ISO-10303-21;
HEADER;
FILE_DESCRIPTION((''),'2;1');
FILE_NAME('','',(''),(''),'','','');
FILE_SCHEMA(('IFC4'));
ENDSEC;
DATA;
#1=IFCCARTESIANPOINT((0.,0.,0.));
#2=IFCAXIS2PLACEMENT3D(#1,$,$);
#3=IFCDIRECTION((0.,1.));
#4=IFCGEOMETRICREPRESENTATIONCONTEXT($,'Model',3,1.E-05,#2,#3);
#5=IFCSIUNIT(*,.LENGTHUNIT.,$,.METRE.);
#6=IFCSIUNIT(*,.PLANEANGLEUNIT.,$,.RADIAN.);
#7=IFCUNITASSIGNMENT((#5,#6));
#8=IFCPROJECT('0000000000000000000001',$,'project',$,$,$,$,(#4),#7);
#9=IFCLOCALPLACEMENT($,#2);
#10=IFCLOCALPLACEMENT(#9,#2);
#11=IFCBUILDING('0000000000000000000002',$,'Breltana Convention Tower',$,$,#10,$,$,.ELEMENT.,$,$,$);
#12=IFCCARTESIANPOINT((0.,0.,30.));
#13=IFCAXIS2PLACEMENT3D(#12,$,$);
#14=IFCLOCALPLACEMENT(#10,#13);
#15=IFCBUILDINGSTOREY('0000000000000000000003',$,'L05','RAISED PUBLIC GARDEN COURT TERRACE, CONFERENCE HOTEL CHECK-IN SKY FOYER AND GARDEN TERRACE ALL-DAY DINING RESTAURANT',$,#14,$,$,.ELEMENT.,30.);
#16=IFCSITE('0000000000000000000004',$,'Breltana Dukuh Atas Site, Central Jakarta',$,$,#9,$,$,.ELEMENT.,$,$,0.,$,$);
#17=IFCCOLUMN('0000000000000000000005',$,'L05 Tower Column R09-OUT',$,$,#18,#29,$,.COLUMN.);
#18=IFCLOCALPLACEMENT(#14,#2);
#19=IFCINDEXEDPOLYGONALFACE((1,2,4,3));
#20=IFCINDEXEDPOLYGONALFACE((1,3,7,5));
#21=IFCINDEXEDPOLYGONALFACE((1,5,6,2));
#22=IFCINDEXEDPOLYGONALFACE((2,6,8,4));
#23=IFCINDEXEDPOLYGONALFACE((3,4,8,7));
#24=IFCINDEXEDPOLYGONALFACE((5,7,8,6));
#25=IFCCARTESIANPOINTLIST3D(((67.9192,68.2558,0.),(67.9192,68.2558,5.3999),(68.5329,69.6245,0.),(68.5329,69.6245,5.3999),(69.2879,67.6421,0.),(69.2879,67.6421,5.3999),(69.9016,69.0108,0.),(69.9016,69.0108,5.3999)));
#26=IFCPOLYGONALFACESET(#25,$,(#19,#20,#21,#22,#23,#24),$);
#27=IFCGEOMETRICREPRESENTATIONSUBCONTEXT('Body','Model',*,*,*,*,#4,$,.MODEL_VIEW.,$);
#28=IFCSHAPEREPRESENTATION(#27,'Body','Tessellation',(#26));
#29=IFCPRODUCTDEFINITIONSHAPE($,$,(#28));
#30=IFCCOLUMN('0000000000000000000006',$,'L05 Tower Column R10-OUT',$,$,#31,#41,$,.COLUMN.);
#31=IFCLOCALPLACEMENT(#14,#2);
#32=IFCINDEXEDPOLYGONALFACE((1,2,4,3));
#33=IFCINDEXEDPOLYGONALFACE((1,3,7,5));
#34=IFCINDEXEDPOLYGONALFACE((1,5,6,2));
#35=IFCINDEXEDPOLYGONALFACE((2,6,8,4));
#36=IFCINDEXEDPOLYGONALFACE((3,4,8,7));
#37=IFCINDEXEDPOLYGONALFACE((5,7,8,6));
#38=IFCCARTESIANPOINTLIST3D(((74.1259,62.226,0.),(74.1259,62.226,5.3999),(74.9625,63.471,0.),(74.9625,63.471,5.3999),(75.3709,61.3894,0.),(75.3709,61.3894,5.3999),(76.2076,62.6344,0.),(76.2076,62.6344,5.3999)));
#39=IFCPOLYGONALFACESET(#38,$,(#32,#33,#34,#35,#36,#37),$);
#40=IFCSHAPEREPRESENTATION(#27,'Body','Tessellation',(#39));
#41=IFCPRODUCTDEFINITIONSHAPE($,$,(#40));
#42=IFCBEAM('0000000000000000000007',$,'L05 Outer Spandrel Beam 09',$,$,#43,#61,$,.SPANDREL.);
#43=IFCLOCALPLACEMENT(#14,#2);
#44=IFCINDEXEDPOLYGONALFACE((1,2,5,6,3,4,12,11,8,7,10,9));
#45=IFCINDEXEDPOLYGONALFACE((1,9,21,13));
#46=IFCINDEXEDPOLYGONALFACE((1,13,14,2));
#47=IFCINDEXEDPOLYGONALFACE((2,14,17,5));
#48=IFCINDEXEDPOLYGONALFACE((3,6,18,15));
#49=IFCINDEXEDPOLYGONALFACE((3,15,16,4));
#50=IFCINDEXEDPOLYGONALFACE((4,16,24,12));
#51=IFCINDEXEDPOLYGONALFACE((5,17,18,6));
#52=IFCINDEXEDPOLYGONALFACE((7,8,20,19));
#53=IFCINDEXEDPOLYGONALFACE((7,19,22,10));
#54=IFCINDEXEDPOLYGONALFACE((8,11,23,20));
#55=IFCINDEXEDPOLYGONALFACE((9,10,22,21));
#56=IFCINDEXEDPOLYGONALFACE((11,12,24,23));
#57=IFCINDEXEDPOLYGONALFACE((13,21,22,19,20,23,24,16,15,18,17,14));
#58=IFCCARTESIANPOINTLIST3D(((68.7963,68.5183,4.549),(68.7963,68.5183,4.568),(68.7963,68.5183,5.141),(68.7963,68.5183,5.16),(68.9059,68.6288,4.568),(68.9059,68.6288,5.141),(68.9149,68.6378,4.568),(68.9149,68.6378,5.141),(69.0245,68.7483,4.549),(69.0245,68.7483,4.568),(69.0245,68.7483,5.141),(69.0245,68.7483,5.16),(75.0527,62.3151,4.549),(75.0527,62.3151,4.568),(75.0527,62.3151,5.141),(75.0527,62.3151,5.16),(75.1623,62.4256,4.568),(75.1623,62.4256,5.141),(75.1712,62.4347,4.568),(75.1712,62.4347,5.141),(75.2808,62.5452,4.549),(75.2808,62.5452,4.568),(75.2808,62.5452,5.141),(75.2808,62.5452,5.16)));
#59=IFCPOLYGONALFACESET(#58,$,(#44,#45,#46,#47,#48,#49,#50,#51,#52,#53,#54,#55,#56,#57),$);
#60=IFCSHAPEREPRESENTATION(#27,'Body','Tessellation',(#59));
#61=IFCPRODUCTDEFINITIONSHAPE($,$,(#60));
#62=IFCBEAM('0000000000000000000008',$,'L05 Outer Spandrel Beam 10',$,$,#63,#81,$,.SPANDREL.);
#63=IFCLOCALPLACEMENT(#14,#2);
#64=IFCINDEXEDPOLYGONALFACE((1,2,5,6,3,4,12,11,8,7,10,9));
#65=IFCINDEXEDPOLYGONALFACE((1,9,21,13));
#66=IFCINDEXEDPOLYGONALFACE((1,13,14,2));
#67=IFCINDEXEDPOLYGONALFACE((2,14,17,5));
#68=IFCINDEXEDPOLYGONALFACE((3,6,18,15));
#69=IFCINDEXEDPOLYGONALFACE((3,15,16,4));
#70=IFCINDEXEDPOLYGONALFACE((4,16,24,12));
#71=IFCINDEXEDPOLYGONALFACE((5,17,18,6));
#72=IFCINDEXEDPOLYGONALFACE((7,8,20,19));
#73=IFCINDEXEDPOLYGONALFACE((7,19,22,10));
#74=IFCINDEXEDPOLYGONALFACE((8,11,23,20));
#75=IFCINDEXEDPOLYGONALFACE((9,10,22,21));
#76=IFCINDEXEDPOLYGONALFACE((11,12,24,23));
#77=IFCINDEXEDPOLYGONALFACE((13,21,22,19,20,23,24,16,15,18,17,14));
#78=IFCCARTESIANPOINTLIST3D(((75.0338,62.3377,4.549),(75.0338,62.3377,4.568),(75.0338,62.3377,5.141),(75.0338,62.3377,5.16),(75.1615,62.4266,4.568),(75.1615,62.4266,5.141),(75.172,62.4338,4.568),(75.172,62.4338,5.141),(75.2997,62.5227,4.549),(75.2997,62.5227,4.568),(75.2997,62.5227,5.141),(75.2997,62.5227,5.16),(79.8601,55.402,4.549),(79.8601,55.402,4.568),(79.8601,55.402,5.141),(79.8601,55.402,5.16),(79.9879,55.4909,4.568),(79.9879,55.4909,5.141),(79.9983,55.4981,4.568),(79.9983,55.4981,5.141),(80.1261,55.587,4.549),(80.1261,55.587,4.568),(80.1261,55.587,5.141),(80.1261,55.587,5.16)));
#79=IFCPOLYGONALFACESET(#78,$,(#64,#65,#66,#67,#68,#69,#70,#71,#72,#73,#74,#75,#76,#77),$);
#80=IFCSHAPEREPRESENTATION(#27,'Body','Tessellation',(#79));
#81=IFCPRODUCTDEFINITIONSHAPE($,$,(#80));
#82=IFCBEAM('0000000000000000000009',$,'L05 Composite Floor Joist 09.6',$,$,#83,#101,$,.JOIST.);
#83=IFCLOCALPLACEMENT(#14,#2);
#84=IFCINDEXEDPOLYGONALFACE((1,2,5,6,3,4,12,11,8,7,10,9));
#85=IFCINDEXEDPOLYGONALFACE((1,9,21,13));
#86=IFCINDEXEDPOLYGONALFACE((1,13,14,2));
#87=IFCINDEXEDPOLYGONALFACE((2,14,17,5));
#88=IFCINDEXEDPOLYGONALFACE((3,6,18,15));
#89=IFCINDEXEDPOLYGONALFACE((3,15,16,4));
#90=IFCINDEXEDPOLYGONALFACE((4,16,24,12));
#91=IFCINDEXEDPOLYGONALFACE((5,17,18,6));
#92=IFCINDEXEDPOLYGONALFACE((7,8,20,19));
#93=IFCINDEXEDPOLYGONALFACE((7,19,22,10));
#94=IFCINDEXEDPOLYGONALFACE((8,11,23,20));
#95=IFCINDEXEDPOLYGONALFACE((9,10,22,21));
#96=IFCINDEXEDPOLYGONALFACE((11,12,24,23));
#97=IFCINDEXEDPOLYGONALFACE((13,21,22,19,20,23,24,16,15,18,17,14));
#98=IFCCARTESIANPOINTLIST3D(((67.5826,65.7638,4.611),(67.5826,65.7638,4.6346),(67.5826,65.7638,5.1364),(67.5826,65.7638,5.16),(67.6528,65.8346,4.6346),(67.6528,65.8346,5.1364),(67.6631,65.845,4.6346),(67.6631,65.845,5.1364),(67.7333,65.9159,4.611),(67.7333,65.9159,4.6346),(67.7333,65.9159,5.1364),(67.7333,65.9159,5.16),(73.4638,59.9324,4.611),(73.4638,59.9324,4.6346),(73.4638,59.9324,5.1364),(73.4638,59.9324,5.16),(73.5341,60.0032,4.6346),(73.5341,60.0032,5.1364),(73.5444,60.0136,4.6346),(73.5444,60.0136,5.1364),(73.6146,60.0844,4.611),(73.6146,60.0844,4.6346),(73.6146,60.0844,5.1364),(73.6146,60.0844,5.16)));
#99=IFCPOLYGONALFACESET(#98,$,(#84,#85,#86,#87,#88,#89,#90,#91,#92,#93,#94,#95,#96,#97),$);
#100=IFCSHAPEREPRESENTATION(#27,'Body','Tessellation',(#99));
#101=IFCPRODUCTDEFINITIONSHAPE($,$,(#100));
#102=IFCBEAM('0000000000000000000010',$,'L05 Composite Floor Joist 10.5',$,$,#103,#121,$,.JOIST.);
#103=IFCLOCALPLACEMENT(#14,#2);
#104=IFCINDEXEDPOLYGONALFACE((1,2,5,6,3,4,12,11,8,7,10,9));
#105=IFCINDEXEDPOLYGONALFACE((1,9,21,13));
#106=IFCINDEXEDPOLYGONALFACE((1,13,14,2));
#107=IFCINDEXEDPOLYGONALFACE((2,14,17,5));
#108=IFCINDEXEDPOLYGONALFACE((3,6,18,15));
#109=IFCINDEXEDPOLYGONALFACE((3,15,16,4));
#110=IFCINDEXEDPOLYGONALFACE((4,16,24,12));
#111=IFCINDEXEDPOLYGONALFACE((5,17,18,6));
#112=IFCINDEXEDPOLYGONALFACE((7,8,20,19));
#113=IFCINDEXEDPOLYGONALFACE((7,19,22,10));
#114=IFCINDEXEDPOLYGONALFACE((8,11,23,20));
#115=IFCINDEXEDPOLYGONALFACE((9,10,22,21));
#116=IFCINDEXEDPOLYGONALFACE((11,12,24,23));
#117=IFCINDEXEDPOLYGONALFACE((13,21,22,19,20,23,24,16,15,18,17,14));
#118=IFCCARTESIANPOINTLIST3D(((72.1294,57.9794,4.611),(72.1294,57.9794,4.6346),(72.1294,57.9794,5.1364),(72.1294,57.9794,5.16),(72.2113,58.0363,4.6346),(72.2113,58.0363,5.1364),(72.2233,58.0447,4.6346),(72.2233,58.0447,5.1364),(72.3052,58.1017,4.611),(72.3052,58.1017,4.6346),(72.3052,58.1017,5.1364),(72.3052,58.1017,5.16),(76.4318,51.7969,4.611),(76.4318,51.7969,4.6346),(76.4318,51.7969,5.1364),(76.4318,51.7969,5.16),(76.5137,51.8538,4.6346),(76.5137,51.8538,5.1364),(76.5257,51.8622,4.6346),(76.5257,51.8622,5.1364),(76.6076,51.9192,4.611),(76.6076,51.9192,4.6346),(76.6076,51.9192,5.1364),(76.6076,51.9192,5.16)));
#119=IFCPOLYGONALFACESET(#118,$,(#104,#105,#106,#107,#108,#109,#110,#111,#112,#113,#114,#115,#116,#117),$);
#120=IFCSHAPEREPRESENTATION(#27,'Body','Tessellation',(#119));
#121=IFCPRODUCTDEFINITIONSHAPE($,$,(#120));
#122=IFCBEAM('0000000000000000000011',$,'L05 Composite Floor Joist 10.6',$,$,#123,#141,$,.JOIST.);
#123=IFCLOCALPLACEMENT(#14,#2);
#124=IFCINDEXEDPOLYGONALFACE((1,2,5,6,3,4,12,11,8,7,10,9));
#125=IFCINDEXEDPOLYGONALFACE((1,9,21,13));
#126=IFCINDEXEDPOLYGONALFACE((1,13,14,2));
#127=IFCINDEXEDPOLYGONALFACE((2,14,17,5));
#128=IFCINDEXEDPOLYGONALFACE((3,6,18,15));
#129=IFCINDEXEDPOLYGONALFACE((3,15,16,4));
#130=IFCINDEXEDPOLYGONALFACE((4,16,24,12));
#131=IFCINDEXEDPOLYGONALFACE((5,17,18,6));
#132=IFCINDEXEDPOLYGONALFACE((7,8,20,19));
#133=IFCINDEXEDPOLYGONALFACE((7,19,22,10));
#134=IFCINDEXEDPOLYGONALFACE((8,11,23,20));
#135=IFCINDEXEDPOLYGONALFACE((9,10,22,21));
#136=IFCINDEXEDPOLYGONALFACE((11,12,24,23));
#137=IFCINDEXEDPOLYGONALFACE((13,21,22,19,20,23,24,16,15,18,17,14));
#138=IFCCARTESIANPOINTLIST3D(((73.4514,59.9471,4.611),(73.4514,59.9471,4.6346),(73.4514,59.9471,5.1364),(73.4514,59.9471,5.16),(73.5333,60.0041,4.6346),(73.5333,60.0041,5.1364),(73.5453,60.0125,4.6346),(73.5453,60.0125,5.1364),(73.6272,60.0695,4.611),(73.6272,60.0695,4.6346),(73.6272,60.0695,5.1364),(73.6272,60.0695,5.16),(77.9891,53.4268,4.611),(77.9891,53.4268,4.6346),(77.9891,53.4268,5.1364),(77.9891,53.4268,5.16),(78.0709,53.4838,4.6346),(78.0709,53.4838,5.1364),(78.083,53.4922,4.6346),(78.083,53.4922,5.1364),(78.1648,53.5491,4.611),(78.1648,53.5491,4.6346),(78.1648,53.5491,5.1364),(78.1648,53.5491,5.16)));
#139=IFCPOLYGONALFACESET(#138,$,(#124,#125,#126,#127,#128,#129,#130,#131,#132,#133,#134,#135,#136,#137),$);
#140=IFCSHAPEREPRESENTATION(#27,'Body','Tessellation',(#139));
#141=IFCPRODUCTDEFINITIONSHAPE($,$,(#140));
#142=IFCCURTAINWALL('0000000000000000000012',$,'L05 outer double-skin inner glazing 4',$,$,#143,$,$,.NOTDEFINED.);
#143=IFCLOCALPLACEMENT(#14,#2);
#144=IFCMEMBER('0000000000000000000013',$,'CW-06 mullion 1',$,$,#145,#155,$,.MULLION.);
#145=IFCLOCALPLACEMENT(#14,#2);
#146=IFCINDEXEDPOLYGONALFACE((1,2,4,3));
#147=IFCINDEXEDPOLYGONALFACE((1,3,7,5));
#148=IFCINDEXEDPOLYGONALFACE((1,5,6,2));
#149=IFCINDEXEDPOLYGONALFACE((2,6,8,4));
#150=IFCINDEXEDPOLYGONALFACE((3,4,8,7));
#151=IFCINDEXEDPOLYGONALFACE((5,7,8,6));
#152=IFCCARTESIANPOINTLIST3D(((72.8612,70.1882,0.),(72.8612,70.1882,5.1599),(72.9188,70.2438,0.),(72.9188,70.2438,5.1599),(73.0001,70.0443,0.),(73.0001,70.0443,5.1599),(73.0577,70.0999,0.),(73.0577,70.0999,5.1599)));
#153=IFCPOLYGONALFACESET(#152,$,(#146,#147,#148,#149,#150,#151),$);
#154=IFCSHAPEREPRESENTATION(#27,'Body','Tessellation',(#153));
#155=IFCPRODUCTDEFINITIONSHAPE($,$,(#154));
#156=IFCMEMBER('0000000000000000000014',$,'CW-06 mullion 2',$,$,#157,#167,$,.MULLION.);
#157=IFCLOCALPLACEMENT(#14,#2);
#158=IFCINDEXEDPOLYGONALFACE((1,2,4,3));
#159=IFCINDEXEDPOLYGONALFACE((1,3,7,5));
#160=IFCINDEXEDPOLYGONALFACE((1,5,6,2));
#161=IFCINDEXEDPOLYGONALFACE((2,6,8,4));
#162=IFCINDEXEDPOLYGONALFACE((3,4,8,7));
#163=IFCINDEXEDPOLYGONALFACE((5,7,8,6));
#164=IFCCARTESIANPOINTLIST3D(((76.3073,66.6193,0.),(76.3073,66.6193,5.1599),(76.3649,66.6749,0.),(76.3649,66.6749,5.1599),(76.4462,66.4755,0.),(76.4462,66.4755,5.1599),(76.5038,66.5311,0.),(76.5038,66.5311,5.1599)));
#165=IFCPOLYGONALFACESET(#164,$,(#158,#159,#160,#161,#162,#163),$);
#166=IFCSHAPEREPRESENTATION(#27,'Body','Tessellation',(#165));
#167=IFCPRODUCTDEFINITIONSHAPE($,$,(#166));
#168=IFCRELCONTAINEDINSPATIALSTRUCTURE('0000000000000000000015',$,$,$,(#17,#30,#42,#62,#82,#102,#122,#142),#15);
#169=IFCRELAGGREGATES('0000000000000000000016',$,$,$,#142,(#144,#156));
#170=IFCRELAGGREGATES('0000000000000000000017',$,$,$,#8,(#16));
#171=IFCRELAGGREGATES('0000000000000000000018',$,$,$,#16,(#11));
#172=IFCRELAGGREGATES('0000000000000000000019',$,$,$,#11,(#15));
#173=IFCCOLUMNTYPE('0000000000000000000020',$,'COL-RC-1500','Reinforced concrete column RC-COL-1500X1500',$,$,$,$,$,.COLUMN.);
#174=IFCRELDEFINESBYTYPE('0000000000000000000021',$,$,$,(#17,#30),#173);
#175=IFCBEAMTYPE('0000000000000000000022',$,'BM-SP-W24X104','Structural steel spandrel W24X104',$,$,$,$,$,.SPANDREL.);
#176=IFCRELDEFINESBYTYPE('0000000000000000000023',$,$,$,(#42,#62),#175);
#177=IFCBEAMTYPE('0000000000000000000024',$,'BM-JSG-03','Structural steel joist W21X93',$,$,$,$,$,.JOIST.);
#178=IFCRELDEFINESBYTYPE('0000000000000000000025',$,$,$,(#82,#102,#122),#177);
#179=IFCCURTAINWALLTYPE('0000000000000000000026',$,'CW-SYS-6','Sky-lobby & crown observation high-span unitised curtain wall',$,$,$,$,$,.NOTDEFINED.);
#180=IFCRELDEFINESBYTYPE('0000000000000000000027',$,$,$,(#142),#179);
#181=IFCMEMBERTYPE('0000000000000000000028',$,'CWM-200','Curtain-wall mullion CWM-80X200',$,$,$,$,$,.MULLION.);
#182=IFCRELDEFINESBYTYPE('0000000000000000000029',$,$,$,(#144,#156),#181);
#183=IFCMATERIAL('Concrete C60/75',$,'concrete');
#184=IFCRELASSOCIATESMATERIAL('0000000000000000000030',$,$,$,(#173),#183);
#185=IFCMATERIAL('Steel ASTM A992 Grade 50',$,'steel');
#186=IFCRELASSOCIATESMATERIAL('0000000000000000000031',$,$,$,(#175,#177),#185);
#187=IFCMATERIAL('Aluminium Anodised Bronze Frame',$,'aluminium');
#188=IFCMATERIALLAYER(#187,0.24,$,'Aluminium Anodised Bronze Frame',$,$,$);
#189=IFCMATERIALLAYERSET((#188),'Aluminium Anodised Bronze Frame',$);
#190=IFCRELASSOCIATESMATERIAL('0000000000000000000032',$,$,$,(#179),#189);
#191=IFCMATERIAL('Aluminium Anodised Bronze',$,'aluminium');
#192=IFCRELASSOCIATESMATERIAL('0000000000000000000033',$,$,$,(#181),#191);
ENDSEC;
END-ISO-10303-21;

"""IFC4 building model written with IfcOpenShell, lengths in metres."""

from ifc_helpers import new_model, si_unit, direction, frame, origin, origin_2d, place, context, subcontext, project, spatial, rectangle, i_section, extrude, source, transform, mapped, material, layer, layer_set, material_profile, profile_set, type_object, type_shapes, element, aggregate, save


model = new_model("IFC4")

# Units and contexts
model_context = context("Model", 3, precision=1e-05, world=origin(), true_north=direction((0.0, 1.0)))
body_context = subcontext(model_context, "Body", "Model", "MODEL_VIEW")
ifc_project = project(units=[si_unit("LENGTHUNIT", "METRE"), si_unit("PLANEANGLEUNIT", "RADIAN")], contexts=[model_context])

# Site, building, storey
site_placement = place(None, origin())
site = spatial("IfcSite", under=ifc_project, at=site_placement, Name="Breltana Dukuh Atas Site, Central Jakarta", CompositionType="ELEMENT", RefElevation=0.0)
building_placement = place(site_placement, origin())
building = spatial("IfcBuilding", under=site, at=building_placement, Name="Breltana Convention Tower", CompositionType="ELEMENT")
storey_placement = place(building_placement, frame((0.0, 0.0, 30.0)))
storey = spatial("IfcBuildingStorey", under=building, at=storey_placement, Name="L05", Description="RAISED PUBLIC GARDEN COURT TERRACE, CONFERENCE HOTEL CHECK-IN SKY FOYER AND GARDEN TERRACE ALL-DAY DINING RESTAURANT", CompositionType="ELEMENT", Elevation=30.0)

# Columns
ifc_material_1 = material(Name="Concrete C60/75", Category="concrete")
ifc_material_profile_1 = material_profile(ifc_material_1, rectangle(XDim=1.5, YDim=1.5, at=origin_2d()), Name="RC-COL-1500X1500")
ifc_profile_set_1 = profile_set([ifc_material_profile_1], Name="Concrete C60/75")
column_type = type_object("IfcColumnType", Name="COL-RC-1500", Description="Reinforced concrete column RC-COL-1500X1500", PredefinedType="COLUMN", material=ifc_profile_set_1)
shared_shape_1 = source(origin(), body_context, "Body", "SweptSolid", [
    extrude(rectangle(XDim=1.5, YDim=1.5, at=origin_2d()), origin(), (0.0, 0.0, 1.0), 5.3999),
])
type_shapes(column_type, [shared_shape_1])
for number, where, z_axis, x_axis, name in (
    (1, (68.9104, 68.6333, 0.0), (0.0, 0.0, 1.0), (0.409127, 0.912477, 0.0), "L05 Tower Column R09-OUT"),
    (2, (75.1667, 62.4302, 0.0), (0.0, 0.0, 1.0), (0.557745, 0.830012, 0.0), "L05 Tower Column R10-OUT"),
):
    element("IfcColumn", number, at=place(storey_placement, frame(where, z_axis=z_axis, x_axis=x_axis)), inside=storey, type_object=column_type, Name=name, PredefinedType="COLUMN", context=body_context, shape_type="MappedRepresentation", body=[
        mapped(shared_shape_1, transform((0.0, 0.0, 0.0), scale=1.0)),
    ])

# Beams
ifc_material_2 = material(Name="Steel ASTM A992 Grade 50", Category="steel")
ifc_material_profile_2 = material_profile(ifc_material_2, i_section(OverallWidth=0.324, OverallDepth=0.6111, WebThickness=0.0127, FlangeThickness=0.019, at=origin_2d()), Name="W24X104")
ifc_profile_set_2 = profile_set([ifc_material_profile_2], Name="Steel ASTM A992 Grade 50")
beam_type_1 = type_object("IfcBeamType", Name="BM-SP-W24X104", Description="Structural steel spandrel W24X104", PredefinedType="SPANDREL", material=ifc_profile_set_2)
shared_shape_2 = source(origin(), body_context, "Body", "SweptSolid", [
    extrude(i_section(OverallWidth=0.324, OverallDepth=0.6111, WebThickness=0.0127, FlangeThickness=0.019, at=origin_2d()), origin(), (0.0, 0.0, 1.0), 8.8103),
])
beam_1_placement = place(storey_placement, frame((68.9104, 68.6333, 4.8545), z_axis=(0.710121, -0.70408, 0.0), x_axis=(0.70408, 0.710121, 0.0)))
element("IfcBeam", 3, at=beam_1_placement, inside=storey, type_object=beam_type_1, Name="L05 Outer Spandrel Beam 09", PredefinedType="SPANDREL", context=body_context, shape_type="MappedRepresentation", body=[
    mapped(shared_shape_2, transform((0.0, 0.0, 0.0), scale=1.0)),
])
shared_shape_3 = source(origin(), body_context, "Body", "SweptSolid", [
    extrude(i_section(OverallWidth=0.324, OverallDepth=0.6111, WebThickness=0.0127, FlangeThickness=0.019, at=origin_2d()), origin(), (0.0, 0.0, 1.0), 8.4497),
])
beam_2_placement = place(storey_placement, frame((75.1667, 62.4302, 4.8545), z_axis=(0.571186, -0.820821, 0.0), x_axis=(0.820821, 0.571186, 0.0)))
element("IfcBeam", 4, at=beam_2_placement, inside=storey, type_object=beam_type_1, Name="L05 Outer Spandrel Beam 10", PredefinedType="SPANDREL", context=body_context, shape_type="MappedRepresentation", body=[
    mapped(shared_shape_3, transform((0.0, 0.0, 0.0), scale=1.0)),
])
ifc_material_profile_3 = material_profile(ifc_material_2, i_section(OverallWidth=0.2141, OverallDepth=0.5491, WebThickness=0.0146, FlangeThickness=0.0237, at=origin_2d()), Name="W21X93")
ifc_profile_set_3 = profile_set([ifc_material_profile_3], Name="Steel ASTM A992 Grade 50")
beam_type_2 = type_object("IfcBeamType", Name="BM-JSG-03", Description="Structural steel joist W21X93", PredefinedType="JOIST", material=ifc_profile_set_3)
shared_shape_4 = source(origin(), body_context, "Body", "SweptSolid", [
    extrude(i_section(OverallWidth=0.2141, OverallDepth=0.5491, WebThickness=0.0146, FlangeThickness=0.0237, at=origin_2d()), origin(), (0.0, 0.0, 1.0), 8.2822),
])
beam_3_placement = place(storey_placement, frame((67.658, 65.8398, 4.8855), z_axis=(0.710107, -0.704094, 0.0), x_axis=(0.704094, 0.710107, 0.0)))
element("IfcBeam", 5, at=beam_3_placement, inside=storey, type_object=beam_type_2, Name="L05 Composite Floor Joist 09.6", PredefinedType="JOIST", context=body_context, shape_type="MappedRepresentation", body=[
    mapped(shared_shape_4, transform((0.0, 0.0, 0.0), scale=1.0)),
])
shared_shape_5 = source(origin(), body_context, "Body", "SweptSolid", [
    extrude(i_section(OverallWidth=0.2141, OverallDepth=0.5491, WebThickness=0.0146, FlangeThickness=0.0237, at=origin_2d()), origin(), (0.0, 0.0, 1.0), 7.5322),
])
beam_4_placement = place(storey_placement, frame((72.2173, 58.0405, 4.8855), z_axis=(0.571202, -0.820809, 0.0), x_axis=(0.820809, 0.571202, 0.0)))
element("IfcBeam", 6, at=beam_4_placement, inside=storey, type_object=beam_type_2, Name="L05 Composite Floor Joist 10.5", PredefinedType="JOIST", context=body_context, shape_type="MappedRepresentation", body=[
    mapped(shared_shape_5, transform((0.0, 0.0, 0.0), scale=1.0)),
])
shared_shape_6 = source(origin(), body_context, "Body", "SweptSolid", [
    extrude(i_section(OverallWidth=0.2141, OverallDepth=0.5491, WebThickness=0.0146, FlangeThickness=0.0237, at=origin_2d()), origin(), (0.0, 0.0, 1.0), 7.9438),
])
beam_5_placement = place(storey_placement, frame((73.5393, 60.0083, 4.8855), z_axis=(0.571214, -0.820801, 0.0), x_axis=(0.820801, 0.571214, 0.0)))
element("IfcBeam", 7, at=beam_5_placement, inside=storey, type_object=beam_type_2, Name="L05 Composite Floor Joist 10.6", PredefinedType="JOIST", context=body_context, shape_type="MappedRepresentation", body=[
    mapped(shared_shape_6, transform((0.0, 0.0, 0.0), scale=1.0)),
])

# Curtain wall, members
ifc_material_3 = material(Name="Aluminium Anodised Bronze Frame", Category="aluminium")
ifc_layer_1 = layer(ifc_material_3, 0.24, Name="Aluminium Anodised Bronze Frame")
ifc_layer_set_1 = layer_set([ifc_layer_1], Name="Aluminium Anodised Bronze Frame")
curtain_wall_type = type_object("IfcCurtainWallType", Name="CW-SYS-6", Description="Sky-lobby & crown observation high-span unitised curtain wall", PredefinedType="NOTDEFINED", material=ifc_layer_set_1)
curtain_wall_placement = place(storey_placement, origin())
curtain_wall = element("IfcCurtainWall", 8, at=curtain_wall_placement, inside=storey, type_object=curtain_wall_type, Name="L05 outer double-skin inner glazing 4", PredefinedType="NOTDEFINED")
ifc_material_4 = material(Name="Aluminium Anodised Bronze", Category="aluminium")
ifc_material_profile_4 = material_profile(ifc_material_4, rectangle(XDim=0.0801, YDim=0.2, at=origin_2d()), Name="CWM-80X200")
ifc_profile_set_4 = profile_set([ifc_material_profile_4], Name="Aluminium Anodised Bronze")
member_type_1 = type_object("IfcMemberType", Name="CWM-200", Description="Curtain-wall mullion CWM-80X200", PredefinedType="MULLION", material=ifc_profile_set_4)
shared_shape_7 = source(origin(), body_context, "Body", "SweptSolid", [
    extrude(rectangle(XDim=0.0801, YDim=0.2, at=origin_2d()), origin(), (0.0, 0.0, 1.0), 5.1599),
])
type_shapes(member_type_1, [shared_shape_7])
member_1_placement = place(storey_placement, frame((72.9595, 70.144, 0.0), z_axis=(0.0, 0.0, 1.0), x_axis=(0.719386, 0.69461, 0.0)))
member_1 = element("IfcMember", 9, at=member_1_placement, type_object=member_type_1, Name="CW-06 mullion 1", PredefinedType="MULLION", context=body_context, shape_type="MappedRepresentation", body=[
    mapped(shared_shape_7, transform((0.0, 0.0, 0.0), scale=1.0)),
])
member_2_placement = place(storey_placement, frame((76.4055, 66.5752, 0.0), z_axis=(0.0, 0.0, 1.0), x_axis=(0.719386, 0.69461, 0.0)))
member_2 = element("IfcMember", 10, at=member_2_placement, type_object=member_type_1, Name="CW-06 mullion 2", PredefinedType="MULLION", context=body_context, shape_type="MappedRepresentation", body=[
    mapped(shared_shape_7, transform((0.0, 0.0, 0.0), scale=1.0)),
])
aggregate(curtain_wall, [member_1, member_2])

save(model, "model.ifc")
